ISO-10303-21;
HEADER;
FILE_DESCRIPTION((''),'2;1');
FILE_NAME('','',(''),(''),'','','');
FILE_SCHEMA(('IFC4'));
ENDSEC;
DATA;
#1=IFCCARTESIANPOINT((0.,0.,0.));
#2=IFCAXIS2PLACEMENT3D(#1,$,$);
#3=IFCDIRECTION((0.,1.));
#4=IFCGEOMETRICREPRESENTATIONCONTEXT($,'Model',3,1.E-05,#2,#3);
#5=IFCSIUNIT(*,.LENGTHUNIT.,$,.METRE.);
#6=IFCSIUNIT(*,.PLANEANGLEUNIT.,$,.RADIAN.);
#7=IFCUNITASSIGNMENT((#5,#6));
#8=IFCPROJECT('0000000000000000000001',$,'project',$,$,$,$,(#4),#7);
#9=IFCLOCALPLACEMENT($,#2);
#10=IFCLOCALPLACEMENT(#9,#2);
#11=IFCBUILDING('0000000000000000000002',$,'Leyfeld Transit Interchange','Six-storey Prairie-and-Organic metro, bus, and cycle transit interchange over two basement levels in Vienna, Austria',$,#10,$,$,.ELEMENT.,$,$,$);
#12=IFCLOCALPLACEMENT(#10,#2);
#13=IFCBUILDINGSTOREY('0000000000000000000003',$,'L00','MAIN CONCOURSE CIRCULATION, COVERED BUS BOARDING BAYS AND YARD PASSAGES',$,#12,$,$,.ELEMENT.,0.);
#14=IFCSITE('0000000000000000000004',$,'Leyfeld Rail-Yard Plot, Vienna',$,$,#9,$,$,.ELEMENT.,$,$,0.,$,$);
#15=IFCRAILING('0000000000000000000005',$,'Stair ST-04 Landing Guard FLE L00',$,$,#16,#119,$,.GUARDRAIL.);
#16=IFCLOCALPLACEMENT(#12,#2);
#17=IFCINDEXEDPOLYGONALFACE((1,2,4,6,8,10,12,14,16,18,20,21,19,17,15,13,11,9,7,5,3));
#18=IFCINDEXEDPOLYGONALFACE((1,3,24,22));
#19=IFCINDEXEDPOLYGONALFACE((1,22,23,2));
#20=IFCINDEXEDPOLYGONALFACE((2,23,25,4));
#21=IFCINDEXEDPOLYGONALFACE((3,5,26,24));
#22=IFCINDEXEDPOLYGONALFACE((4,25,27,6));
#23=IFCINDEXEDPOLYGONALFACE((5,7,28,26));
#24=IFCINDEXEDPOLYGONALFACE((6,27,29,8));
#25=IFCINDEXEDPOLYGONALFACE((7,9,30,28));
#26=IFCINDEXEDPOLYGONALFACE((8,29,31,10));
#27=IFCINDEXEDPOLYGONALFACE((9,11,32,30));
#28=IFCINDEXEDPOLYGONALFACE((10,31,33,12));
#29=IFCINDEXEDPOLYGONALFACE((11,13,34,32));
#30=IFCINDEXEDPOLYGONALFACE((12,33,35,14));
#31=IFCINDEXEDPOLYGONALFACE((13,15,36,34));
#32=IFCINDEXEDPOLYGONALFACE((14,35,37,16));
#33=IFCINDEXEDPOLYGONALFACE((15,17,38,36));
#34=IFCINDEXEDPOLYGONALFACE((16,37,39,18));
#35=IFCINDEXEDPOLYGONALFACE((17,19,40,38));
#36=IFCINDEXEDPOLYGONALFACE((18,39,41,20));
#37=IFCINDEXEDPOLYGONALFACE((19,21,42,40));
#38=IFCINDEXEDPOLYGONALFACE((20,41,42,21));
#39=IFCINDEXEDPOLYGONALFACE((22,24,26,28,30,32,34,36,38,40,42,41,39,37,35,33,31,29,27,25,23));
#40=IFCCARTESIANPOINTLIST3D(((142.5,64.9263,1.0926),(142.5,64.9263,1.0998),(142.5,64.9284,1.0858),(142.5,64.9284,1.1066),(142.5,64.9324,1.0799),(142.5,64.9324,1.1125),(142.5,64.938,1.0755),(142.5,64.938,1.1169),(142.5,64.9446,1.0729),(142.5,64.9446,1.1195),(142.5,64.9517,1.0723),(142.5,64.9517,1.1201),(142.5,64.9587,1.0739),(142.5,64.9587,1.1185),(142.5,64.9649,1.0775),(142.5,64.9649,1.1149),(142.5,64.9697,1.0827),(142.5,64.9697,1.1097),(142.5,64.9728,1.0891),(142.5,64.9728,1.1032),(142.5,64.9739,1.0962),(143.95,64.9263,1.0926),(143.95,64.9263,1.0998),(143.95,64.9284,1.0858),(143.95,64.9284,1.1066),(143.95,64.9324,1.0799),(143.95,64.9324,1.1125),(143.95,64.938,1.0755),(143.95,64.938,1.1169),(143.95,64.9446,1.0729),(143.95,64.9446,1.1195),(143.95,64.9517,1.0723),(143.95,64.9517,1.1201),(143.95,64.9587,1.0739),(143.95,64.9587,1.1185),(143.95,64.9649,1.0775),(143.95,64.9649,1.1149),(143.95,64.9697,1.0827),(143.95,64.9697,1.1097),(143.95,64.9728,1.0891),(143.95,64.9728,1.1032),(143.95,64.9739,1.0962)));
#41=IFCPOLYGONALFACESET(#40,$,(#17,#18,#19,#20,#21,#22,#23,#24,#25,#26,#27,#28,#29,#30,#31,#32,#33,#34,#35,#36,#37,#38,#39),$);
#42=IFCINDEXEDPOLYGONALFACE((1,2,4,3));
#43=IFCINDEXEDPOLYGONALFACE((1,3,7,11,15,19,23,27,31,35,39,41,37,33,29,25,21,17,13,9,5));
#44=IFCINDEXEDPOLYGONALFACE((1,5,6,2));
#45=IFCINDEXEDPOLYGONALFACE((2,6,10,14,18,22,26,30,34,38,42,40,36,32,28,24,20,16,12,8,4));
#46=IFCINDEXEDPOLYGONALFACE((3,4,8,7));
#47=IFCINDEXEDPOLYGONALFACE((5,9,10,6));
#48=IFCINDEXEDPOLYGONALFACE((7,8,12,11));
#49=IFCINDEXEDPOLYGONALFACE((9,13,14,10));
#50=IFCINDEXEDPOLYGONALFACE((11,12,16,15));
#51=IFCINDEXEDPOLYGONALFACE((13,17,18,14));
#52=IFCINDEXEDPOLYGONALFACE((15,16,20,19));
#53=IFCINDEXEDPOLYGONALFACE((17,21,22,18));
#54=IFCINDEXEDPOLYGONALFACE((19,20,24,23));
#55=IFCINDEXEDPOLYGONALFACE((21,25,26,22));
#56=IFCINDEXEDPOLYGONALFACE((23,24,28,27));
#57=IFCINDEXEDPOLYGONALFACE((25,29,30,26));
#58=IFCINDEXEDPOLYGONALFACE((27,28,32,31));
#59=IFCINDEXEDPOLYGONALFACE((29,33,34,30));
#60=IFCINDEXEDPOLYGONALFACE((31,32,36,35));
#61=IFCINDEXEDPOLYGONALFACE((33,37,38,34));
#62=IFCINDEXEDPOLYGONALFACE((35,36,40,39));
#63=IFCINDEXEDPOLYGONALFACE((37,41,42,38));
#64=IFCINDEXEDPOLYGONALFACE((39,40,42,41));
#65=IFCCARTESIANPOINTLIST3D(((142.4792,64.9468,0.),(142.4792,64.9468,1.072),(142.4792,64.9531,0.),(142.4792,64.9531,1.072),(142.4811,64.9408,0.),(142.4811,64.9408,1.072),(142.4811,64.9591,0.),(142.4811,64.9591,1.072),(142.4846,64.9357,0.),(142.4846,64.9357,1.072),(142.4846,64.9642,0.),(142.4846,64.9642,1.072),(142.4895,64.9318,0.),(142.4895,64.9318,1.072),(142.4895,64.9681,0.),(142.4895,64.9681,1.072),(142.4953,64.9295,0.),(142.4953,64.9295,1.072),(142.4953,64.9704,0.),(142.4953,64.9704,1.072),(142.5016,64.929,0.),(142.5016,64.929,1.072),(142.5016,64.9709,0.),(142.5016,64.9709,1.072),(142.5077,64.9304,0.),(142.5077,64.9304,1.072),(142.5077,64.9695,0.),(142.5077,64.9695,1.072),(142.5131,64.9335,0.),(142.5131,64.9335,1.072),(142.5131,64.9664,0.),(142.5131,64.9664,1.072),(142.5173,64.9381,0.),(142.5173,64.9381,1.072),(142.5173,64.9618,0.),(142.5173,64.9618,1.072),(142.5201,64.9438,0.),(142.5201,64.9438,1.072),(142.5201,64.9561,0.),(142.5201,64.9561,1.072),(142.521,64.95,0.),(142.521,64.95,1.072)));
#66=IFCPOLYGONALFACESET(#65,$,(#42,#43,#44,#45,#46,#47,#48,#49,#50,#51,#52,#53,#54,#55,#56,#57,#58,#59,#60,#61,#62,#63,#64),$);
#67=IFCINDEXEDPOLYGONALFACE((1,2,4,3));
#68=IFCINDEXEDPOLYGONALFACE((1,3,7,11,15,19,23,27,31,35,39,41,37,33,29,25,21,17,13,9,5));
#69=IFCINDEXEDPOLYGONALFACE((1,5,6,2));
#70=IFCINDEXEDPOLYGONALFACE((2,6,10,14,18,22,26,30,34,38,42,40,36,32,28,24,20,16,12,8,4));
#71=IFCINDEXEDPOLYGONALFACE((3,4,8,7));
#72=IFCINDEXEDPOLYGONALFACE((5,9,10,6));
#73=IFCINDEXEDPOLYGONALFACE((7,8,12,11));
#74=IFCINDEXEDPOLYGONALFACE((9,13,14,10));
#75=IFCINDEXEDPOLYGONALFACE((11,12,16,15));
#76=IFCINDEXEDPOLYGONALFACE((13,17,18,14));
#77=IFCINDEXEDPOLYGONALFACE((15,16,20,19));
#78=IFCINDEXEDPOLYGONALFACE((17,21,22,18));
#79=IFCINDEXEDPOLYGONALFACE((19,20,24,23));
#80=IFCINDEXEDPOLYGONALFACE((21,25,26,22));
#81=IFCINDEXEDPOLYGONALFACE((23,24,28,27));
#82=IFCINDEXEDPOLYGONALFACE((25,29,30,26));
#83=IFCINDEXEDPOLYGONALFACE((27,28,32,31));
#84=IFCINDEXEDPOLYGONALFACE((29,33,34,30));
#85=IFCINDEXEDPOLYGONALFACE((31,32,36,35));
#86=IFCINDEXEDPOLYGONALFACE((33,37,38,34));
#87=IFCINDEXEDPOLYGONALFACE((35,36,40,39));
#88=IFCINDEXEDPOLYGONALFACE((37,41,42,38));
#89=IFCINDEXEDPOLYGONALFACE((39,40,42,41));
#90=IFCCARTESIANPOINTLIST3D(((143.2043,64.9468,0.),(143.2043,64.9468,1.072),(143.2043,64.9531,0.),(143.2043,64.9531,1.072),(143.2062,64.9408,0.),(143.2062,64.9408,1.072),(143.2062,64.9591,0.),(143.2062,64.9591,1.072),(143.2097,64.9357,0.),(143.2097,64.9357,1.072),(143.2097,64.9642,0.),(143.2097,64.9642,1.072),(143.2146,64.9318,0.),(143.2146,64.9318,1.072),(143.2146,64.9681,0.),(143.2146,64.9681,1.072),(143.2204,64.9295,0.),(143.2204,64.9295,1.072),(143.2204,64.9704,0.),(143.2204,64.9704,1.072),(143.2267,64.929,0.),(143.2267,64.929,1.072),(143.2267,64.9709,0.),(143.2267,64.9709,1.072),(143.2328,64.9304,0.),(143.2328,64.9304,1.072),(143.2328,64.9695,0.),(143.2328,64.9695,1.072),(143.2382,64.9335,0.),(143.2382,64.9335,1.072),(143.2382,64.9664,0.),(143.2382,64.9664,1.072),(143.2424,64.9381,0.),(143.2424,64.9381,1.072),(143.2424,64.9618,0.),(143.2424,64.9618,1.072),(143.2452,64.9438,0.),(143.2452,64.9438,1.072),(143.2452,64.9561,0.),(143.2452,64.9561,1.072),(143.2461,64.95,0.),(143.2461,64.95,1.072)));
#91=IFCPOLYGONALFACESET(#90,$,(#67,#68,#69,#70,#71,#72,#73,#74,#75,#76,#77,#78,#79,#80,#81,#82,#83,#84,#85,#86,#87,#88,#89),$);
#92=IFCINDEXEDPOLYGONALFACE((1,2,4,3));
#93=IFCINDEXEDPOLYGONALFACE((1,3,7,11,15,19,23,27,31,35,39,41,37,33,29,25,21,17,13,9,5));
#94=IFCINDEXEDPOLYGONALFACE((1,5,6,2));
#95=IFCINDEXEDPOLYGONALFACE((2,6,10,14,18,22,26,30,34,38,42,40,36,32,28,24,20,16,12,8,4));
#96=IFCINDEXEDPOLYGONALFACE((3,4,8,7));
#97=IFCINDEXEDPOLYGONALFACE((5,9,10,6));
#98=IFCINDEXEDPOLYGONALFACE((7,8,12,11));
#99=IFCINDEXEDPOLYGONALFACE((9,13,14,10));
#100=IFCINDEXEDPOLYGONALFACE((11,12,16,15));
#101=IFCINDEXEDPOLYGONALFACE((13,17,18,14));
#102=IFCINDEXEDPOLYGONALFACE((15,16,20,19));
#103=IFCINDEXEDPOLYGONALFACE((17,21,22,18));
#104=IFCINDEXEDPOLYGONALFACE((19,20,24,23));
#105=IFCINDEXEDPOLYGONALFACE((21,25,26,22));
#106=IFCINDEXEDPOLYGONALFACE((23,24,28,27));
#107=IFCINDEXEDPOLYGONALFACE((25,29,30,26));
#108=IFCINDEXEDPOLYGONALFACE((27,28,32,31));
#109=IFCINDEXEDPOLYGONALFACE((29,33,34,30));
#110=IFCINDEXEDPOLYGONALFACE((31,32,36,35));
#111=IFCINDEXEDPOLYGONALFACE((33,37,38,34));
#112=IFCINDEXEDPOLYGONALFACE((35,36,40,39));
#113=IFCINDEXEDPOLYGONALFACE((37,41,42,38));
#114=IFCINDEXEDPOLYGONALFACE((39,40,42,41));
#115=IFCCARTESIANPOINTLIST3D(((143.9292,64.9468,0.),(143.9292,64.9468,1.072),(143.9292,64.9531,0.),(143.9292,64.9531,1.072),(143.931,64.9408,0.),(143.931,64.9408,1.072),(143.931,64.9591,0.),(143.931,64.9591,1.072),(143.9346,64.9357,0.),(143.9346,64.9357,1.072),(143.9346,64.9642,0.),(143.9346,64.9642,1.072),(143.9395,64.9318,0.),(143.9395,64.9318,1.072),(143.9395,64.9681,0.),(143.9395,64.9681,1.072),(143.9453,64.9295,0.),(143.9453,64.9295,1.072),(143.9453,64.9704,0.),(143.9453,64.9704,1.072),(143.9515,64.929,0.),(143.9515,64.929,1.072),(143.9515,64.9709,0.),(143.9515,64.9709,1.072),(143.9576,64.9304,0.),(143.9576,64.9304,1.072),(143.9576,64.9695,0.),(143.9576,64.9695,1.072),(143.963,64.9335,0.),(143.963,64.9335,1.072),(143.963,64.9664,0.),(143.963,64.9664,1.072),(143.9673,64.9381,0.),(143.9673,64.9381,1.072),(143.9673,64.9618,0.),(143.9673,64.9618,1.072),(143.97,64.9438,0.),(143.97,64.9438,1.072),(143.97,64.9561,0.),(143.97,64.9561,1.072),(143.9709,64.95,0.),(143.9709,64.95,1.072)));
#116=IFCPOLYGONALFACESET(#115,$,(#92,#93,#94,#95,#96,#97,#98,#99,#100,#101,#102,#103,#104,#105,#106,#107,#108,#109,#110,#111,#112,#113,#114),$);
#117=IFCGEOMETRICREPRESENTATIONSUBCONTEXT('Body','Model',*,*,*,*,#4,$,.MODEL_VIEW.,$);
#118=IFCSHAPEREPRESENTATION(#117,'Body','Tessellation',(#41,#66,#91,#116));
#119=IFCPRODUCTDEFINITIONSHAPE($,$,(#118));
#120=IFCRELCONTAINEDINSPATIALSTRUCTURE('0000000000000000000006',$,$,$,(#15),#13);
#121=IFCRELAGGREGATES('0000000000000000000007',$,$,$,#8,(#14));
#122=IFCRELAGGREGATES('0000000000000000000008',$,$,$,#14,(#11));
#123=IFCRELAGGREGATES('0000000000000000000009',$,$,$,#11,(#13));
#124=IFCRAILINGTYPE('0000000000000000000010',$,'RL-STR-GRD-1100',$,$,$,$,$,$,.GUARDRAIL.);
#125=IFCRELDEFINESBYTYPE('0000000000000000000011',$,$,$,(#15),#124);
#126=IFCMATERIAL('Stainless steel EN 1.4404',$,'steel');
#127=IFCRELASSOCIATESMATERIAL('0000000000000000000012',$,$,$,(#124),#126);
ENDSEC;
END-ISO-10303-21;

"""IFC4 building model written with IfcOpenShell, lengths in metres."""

from ifc_helpers import new_model, si_unit, direction, frame, origin, origin_2d, place, context, subcontext, project, spatial, circle, extrude, material, type_object, element, save


model = new_model("IFC4")

# Units and contexts
model_context = context("Model", 3, precision=1e-05, world=origin(), true_north=direction((0.0, 1.0)))
body_context = subcontext(model_context, "Body", "Model", "MODEL_VIEW")
ifc_project = project(units=[si_unit("LENGTHUNIT", "METRE"), si_unit("PLANEANGLEUNIT", "RADIAN")], contexts=[model_context])

# Site, building, storey
site_placement = place(None, origin())
site = spatial("IfcSite", under=ifc_project, at=site_placement, Name="Leyfeld Rail-Yard Plot, Vienna", CompositionType="ELEMENT", RefElevation=0.0)
building_placement = place(site_placement, origin())
building = spatial("IfcBuilding", under=site, at=building_placement, Name="Leyfeld Transit Interchange", Description="Six-storey Prairie-and-Organic metro, bus, and cycle transit interchange over two basement levels in Vienna, Austria", CompositionType="ELEMENT")
storey_placement = place(building_placement, origin())
storey = spatial("IfcBuildingStorey", under=building, at=storey_placement, Name="L00", Description="MAIN CONCOURSE CIRCULATION, COVERED BUS BOARDING BAYS AND YARD PASSAGES", CompositionType="ELEMENT", Elevation=0.0)

# Railing
ifc_material_1 = material(Name="Stainless steel EN 1.4404", Category="steel")
railing_type_1 = type_object("IfcRailingType", Name="RL-STR-GRD-1100", PredefinedType="GUARDRAIL", material=ifc_material_1)
railing_1_placement = place(storey_placement, frame((142.5, 64.95, 0.0)))
element("IfcRailing", 1, at=railing_1_placement, inside=storey, type_object=railing_type_1, Name="Stair ST-04 Landing Guard FLE L00", PredefinedType="GUARDRAIL", context=body_context, shape_type="SweptSolid", body=[
    extrude(circle(Radius=0.0239, at=origin_2d()), frame((0.0, 0.0, 1.0962), z_axis=(1.0, 0.0, 0.0), x_axis=(0.0, 1.0, 0.0)), (0.0, 0.0, 1.0), 1.45),
    extrude(circle(Radius=0.021, at=origin_2d()), origin(), (0.0, 0.0, 1.0), 1.072),
    extrude(circle(Radius=0.021, at=origin_2d()), frame((0.7251, 0.0, 0.0)), (0.0, 0.0, 1.0), 1.072),
    extrude(circle(Radius=0.021, at=origin_2d()), frame((1.45, 0.0, 0.0)), (0.0, 0.0, 1.0), 1.072),
])

save(model, "model.ifc")
